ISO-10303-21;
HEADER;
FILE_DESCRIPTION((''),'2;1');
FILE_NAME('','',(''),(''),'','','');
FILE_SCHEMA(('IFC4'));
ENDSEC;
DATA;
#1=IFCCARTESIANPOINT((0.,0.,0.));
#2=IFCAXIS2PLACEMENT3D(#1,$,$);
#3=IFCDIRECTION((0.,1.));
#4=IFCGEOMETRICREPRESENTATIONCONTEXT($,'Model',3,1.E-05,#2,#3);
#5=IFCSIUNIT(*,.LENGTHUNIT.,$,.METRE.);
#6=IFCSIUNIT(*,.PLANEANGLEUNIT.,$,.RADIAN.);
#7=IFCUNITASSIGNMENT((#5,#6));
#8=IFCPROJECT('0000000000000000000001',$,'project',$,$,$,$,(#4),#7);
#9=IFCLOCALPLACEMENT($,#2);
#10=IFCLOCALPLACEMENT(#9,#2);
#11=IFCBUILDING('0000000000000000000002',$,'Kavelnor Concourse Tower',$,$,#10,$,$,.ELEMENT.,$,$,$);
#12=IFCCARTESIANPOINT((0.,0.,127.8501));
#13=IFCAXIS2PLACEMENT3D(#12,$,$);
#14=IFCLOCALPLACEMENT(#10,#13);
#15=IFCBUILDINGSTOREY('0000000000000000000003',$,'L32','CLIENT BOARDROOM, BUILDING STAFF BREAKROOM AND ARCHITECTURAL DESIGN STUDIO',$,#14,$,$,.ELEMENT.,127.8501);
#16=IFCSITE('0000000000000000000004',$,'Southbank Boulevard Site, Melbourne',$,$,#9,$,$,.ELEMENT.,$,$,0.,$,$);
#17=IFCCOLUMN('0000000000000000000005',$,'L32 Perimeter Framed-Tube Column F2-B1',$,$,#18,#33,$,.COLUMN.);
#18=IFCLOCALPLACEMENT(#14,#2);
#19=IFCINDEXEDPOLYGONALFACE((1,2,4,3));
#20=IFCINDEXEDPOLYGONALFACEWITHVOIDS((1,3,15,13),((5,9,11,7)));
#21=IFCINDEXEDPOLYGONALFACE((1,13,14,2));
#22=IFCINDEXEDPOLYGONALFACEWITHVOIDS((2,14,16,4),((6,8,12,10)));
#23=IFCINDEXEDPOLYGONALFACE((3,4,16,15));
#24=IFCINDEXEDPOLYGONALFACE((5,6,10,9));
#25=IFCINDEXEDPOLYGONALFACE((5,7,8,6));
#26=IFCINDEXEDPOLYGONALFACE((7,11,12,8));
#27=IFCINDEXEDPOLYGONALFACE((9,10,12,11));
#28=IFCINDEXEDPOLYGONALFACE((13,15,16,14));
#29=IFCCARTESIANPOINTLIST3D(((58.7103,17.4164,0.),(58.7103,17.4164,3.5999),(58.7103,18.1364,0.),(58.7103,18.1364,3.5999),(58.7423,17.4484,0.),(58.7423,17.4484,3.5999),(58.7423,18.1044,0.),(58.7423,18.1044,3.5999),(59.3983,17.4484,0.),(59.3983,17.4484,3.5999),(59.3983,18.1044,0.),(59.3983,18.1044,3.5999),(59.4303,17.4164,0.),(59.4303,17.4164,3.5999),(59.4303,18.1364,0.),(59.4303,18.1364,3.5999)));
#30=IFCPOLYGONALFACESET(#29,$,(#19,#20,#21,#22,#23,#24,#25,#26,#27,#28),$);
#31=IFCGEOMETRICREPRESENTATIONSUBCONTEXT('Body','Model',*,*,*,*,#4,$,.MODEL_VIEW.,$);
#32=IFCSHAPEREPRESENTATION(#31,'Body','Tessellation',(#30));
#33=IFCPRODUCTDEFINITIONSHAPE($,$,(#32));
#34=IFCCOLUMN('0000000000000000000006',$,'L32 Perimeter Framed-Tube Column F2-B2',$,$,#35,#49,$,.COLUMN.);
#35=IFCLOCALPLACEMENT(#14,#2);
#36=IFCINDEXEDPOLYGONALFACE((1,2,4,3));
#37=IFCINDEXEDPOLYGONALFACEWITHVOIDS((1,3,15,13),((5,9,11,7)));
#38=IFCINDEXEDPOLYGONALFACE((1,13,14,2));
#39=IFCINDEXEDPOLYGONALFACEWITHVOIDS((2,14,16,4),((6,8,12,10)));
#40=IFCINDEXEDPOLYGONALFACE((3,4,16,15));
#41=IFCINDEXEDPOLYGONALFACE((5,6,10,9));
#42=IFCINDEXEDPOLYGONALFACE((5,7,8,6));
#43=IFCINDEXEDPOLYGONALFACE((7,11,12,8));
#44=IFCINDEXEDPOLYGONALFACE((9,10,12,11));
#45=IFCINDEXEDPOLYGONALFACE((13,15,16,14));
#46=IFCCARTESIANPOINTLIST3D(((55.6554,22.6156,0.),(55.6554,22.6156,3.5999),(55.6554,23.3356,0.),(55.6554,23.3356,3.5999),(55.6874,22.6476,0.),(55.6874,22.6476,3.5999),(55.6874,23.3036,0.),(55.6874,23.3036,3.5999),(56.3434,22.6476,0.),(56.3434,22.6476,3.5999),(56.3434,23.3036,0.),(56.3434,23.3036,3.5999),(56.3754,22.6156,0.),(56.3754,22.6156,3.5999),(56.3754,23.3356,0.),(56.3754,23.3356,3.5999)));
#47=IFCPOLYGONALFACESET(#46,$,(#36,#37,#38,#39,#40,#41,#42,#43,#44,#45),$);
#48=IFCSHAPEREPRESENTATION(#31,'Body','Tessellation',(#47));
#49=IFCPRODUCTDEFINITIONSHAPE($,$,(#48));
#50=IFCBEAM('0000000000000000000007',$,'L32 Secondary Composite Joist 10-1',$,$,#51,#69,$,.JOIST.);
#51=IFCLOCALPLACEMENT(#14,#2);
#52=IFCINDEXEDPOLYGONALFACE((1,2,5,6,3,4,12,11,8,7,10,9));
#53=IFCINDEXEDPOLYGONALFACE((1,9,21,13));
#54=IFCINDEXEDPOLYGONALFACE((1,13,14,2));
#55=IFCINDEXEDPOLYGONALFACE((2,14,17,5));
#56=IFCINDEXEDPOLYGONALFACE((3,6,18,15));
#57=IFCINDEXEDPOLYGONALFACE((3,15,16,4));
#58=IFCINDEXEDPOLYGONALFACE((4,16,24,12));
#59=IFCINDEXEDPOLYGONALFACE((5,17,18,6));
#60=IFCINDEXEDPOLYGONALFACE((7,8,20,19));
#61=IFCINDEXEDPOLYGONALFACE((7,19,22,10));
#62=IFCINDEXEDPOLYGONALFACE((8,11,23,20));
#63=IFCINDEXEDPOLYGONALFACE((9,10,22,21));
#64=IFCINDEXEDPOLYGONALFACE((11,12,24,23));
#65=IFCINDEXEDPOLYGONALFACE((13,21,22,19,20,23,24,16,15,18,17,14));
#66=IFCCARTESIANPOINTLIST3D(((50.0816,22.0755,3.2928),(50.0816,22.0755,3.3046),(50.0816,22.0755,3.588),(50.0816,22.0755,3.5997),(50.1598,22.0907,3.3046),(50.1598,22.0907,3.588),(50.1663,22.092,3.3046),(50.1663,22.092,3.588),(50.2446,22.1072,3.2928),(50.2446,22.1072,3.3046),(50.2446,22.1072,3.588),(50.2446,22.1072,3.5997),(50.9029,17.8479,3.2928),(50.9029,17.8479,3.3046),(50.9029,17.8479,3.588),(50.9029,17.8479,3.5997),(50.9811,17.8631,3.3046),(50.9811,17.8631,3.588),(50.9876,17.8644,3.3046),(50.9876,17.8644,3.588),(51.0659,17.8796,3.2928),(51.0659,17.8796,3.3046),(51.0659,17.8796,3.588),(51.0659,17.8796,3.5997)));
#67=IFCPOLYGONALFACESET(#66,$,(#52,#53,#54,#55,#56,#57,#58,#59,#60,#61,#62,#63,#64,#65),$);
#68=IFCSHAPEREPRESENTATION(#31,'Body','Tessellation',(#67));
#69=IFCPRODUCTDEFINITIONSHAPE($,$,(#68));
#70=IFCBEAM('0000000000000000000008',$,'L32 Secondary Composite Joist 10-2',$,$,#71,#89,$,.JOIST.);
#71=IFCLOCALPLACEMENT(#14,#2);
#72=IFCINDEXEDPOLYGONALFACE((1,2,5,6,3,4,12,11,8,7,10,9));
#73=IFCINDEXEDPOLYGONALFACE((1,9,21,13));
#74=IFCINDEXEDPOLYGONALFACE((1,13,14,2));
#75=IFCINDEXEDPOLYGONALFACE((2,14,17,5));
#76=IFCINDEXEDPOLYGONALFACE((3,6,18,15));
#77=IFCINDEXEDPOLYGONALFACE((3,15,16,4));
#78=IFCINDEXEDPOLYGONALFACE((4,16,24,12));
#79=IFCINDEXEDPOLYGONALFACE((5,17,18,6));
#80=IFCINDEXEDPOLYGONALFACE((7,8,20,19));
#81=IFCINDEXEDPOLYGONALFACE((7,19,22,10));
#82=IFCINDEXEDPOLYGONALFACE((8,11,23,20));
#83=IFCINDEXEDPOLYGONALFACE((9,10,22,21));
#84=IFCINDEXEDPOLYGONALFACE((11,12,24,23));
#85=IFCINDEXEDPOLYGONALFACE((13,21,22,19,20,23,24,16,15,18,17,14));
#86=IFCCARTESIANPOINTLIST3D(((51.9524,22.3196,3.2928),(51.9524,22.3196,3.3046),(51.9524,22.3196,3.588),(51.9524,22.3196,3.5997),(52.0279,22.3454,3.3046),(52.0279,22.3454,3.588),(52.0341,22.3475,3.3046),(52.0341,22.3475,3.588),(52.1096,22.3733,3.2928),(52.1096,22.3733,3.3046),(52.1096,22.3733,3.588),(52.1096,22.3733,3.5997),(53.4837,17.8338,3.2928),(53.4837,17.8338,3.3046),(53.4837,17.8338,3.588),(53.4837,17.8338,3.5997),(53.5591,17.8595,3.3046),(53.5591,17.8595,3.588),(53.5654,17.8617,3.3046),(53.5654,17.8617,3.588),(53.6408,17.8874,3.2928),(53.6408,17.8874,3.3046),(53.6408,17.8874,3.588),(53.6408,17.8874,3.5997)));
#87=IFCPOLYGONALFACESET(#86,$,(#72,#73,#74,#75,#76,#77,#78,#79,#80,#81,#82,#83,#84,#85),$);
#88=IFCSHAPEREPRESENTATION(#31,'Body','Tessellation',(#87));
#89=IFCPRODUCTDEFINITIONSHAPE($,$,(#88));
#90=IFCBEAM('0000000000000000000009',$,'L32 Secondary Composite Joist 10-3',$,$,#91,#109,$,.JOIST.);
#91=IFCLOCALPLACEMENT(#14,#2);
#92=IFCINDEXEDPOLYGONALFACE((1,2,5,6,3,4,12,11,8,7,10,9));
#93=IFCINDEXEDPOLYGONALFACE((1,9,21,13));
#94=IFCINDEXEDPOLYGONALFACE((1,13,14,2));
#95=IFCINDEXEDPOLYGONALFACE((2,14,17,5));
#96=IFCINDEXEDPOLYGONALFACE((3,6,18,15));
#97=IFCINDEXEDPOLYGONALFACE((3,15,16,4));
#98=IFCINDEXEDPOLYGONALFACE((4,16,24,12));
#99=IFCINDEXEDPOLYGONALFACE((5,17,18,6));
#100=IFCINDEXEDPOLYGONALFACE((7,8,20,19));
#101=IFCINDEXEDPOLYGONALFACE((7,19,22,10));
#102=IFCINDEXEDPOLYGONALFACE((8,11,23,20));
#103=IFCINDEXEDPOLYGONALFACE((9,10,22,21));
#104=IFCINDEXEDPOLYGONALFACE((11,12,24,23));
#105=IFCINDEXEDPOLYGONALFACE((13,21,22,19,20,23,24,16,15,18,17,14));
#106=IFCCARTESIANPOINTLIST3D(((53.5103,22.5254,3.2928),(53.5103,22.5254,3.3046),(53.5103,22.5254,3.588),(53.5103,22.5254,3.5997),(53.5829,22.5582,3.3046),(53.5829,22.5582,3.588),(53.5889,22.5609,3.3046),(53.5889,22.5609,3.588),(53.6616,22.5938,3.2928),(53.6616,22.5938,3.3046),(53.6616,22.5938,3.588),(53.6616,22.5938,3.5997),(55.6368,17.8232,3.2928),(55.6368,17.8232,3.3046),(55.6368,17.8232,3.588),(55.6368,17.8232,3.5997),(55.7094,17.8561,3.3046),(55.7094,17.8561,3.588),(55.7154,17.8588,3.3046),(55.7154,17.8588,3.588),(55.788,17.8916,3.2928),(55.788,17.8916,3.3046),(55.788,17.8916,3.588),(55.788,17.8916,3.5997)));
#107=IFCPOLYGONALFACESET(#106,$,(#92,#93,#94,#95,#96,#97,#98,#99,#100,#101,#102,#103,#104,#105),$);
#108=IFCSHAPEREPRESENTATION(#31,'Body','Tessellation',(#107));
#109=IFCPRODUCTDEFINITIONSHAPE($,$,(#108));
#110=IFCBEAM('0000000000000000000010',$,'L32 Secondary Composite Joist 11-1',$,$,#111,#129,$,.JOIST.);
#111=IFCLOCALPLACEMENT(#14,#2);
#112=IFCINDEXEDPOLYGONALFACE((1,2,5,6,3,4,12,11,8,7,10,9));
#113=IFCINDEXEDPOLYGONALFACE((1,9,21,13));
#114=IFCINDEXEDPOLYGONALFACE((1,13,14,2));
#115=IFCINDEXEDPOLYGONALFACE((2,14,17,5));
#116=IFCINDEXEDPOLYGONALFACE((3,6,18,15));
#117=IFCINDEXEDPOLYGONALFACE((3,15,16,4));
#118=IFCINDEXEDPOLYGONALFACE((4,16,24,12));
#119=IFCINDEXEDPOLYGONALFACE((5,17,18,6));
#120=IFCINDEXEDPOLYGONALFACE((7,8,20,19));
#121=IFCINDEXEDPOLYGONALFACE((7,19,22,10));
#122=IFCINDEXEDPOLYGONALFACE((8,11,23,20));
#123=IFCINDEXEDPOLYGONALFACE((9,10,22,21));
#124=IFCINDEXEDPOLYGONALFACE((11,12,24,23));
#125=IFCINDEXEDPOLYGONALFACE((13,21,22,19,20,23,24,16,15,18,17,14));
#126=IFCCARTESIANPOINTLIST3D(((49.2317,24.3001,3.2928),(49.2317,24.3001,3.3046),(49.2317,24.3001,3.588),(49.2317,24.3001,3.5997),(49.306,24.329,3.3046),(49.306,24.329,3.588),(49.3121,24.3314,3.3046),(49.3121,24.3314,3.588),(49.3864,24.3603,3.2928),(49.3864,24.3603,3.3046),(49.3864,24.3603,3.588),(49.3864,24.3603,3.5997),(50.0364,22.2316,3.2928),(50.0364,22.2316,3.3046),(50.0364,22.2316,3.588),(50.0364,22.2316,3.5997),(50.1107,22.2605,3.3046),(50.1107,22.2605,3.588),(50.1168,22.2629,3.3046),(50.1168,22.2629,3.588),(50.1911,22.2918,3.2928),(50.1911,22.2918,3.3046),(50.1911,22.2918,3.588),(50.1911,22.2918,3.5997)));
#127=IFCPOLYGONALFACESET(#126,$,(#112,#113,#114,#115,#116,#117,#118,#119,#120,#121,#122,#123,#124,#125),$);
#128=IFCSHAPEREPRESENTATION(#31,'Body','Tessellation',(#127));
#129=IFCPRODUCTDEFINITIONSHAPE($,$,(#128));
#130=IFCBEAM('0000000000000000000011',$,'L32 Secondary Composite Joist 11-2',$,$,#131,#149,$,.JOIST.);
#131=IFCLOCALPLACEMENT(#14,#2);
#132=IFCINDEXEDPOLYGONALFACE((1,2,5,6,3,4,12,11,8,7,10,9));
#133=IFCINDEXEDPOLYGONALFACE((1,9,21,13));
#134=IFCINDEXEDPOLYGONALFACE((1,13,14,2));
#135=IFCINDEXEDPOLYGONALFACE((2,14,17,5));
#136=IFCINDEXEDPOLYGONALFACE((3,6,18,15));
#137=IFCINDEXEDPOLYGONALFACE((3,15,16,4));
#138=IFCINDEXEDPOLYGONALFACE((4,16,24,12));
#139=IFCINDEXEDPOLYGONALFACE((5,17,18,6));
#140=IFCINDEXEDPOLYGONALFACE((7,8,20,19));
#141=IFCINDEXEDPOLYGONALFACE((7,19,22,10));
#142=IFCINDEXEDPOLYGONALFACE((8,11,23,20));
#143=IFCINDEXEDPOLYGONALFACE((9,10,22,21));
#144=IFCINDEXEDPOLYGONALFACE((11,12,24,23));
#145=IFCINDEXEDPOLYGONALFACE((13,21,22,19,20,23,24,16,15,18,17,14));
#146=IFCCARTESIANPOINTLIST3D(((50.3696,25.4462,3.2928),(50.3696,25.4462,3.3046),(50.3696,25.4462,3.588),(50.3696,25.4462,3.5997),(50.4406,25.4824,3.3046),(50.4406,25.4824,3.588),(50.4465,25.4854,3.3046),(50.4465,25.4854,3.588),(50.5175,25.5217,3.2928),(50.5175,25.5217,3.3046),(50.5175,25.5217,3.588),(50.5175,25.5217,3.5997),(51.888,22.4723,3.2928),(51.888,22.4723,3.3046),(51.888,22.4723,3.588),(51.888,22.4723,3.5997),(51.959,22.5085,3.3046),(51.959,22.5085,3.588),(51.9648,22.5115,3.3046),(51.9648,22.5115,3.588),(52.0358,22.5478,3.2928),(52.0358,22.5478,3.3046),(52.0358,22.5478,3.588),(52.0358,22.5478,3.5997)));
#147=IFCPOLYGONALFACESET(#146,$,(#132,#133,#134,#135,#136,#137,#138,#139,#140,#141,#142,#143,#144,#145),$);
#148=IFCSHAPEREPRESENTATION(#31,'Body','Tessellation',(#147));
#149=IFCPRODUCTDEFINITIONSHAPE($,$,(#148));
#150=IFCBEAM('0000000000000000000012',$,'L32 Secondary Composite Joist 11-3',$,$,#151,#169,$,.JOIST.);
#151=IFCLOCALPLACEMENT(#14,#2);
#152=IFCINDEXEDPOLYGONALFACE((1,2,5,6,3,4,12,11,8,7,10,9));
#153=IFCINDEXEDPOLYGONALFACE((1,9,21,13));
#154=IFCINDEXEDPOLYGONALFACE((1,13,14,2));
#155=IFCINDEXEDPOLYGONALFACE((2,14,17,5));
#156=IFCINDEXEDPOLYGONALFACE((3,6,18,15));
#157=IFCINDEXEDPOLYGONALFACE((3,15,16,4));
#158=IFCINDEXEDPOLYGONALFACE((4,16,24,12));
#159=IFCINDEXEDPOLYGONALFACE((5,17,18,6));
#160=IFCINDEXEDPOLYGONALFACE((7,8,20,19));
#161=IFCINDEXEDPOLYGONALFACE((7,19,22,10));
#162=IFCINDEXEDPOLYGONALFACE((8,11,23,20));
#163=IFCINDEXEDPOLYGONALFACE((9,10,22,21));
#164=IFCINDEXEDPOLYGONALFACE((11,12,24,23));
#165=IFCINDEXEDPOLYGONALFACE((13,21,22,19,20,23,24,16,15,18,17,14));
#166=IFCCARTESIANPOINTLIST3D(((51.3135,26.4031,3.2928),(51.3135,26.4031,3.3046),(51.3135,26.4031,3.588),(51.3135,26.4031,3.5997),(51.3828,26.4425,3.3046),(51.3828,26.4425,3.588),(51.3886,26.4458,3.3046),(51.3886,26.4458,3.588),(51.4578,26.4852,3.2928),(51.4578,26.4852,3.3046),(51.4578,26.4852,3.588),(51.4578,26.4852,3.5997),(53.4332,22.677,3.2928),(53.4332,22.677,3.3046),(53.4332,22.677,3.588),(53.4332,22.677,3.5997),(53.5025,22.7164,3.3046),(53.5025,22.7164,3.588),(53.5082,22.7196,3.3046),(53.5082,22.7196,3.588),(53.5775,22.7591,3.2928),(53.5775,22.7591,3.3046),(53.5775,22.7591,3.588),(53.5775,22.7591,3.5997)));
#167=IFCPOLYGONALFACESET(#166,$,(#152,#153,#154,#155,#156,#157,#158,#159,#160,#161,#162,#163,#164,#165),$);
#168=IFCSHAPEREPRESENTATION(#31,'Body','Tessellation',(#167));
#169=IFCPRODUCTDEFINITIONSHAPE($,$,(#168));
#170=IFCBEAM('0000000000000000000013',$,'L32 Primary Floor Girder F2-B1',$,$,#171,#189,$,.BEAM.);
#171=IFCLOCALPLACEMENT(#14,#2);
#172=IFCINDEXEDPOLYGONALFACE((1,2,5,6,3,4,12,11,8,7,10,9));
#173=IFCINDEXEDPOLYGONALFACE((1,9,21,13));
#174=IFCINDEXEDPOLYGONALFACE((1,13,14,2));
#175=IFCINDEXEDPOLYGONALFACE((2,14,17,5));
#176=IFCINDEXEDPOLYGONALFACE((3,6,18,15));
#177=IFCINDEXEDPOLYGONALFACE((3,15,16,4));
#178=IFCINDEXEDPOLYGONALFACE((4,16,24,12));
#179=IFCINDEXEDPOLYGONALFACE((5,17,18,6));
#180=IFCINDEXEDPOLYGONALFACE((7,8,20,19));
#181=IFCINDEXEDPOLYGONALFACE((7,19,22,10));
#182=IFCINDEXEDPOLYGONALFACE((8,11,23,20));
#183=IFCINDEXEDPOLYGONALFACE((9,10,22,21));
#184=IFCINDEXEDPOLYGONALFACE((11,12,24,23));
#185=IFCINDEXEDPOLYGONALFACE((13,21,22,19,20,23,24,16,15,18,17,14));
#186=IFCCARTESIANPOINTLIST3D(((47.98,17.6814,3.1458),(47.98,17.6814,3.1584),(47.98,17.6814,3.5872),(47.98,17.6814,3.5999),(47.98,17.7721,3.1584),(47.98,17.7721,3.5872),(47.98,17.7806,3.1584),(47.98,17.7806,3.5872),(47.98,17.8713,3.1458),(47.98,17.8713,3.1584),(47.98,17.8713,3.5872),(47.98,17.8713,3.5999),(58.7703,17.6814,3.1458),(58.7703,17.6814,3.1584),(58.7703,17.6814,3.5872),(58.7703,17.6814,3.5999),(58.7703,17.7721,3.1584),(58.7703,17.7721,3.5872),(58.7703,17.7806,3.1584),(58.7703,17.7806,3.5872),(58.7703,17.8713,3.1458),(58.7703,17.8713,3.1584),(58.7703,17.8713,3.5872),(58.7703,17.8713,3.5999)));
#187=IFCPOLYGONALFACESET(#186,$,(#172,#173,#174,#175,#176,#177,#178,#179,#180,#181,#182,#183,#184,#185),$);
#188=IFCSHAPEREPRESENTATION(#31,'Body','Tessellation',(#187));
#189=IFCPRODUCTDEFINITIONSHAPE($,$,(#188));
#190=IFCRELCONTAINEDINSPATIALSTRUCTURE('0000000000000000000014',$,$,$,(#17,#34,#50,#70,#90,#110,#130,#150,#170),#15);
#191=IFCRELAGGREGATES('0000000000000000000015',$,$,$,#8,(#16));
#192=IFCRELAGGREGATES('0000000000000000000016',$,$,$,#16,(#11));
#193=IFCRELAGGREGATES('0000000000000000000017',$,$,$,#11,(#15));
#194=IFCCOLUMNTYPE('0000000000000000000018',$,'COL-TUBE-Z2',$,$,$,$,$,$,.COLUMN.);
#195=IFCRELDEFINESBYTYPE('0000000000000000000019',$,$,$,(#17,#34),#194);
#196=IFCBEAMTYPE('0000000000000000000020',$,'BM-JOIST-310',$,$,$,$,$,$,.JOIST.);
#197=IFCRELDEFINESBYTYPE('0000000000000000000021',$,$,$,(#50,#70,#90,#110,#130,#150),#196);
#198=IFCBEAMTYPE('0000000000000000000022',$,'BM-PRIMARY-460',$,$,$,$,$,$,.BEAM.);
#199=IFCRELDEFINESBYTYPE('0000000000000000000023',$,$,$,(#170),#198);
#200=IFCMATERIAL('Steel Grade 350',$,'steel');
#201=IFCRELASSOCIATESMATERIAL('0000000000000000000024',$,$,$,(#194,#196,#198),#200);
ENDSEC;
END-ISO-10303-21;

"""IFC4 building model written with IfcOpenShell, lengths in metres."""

from ifc_helpers import new_model, si_unit, direction, frame, origin, origin_2d, place, context, subcontext, project, spatial, hollow_rectangle, i_section, extrude, material, material_profile, profile_set, type_object, element, save


model = new_model("IFC4")

# Units and contexts
model_context = context("Model", 3, precision=1e-05, world=origin(), true_north=direction((0.0, 1.0)))
body_context = subcontext(model_context, "Body", "Model", "MODEL_VIEW")
ifc_project = project(units=[si_unit("LENGTHUNIT", "METRE"), si_unit("PLANEANGLEUNIT", "RADIAN")], contexts=[model_context])

# Site, building, storey
site_placement = place(None, origin())
site = spatial("IfcSite", under=ifc_project, at=site_placement, Name="Southbank Boulevard Site, Melbourne", CompositionType="ELEMENT", RefElevation=0.0)
building_placement = place(site_placement, origin())
building = spatial("IfcBuilding", under=site, at=building_placement, Name="Kavelnor Concourse Tower", CompositionType="ELEMENT")
storey_placement = place(building_placement, frame((0.0, 0.0, 127.8501)))
storey = spatial("IfcBuildingStorey", under=building, at=storey_placement, Name="L32", Description="CLIENT BOARDROOM, BUILDING STAFF BREAKROOM AND ARCHITECTURAL DESIGN STUDIO", CompositionType="ELEMENT", Elevation=127.8501)

# Columns
ifc_material_1 = material(Name="Steel Grade 350", Category="steel")
ifc_material_profile_1 = material_profile(ifc_material_1, hollow_rectangle(XDim=0.72, YDim=0.72, WallThickness=0.032, at=origin_2d()), Name="SHS 720x720x32")
ifc_profile_set_1 = profile_set([ifc_material_profile_1], Name="Steel Grade 350")
column_type = type_object("IfcColumnType", Name="COL-TUBE-Z2", PredefinedType="COLUMN", material=ifc_profile_set_1)
for number, where, z_axis, x_axis, name in (
    (1, (59.0703, 17.7764, 0.0), (0.0, 0.0, 1.0), (1.0, 0.0, 0.0), "L32 Perimeter Framed-Tube Column F2-B1"),
    (2, (56.0154, 22.9756, 0.0), (0.0, 0.0, 1.0), (1.0, 0.0, 0.0), "L32 Perimeter Framed-Tube Column F2-B2"),
):
    element("IfcColumn", number, at=place(storey_placement, frame(where, z_axis=z_axis, x_axis=x_axis)), inside=storey, type_object=column_type, Name=name, PredefinedType="COLUMN", context=body_context, shape_type="SweptSolid", body=[
        extrude(hollow_rectangle(XDim=0.72, YDim=0.72, WallThickness=0.032, at=origin_2d()), origin(), (0.0, 0.0, 1.0), 3.5999),
    ])

# Beams
ifc_material_profile_2 = material_profile(ifc_material_1, i_section(OverallWidth=0.166, OverallDepth=0.3069, WebThickness=0.0066, FlangeThickness=0.0117, at=origin_2d()), Name="310UB46")
ifc_profile_set_2 = profile_set([ifc_material_profile_2], Name="Steel Grade 350")
beam_type_1 = type_object("IfcBeamType", Name="BM-JOIST-310", PredefinedType="JOIST", material=ifc_profile_set_2)
beam_1_placement = place(storey_placement, frame((50.9844, 17.8638, 3.4463), z_axis=(-0.190706, 0.981647, 0.0), x_axis=(-0.981647, -0.190706, 0.0)))
element("IfcBeam", 3, at=beam_1_placement, inside=storey, type_object=beam_type_1, Name="L32 Secondary Composite Joist 10-1", PredefinedType="JOIST", context=body_context, shape_type="SweptSolid", body=[
    extrude(i_section(OverallWidth=0.166, OverallDepth=0.3069, WebThickness=0.0066, FlangeThickness=0.0117, at=origin_2d()), origin(), (0.0, 0.0, 1.0), 4.3066),
])
beam_2_placement = place(storey_placement, frame((53.5623, 17.8606, 3.4463), z_axis=(-0.323049, 0.946382, 0.0), x_axis=(-0.946382, -0.323049, 0.0)))
element("IfcBeam", 4, at=beam_2_placement, inside=storey, type_object=beam_type_1, Name="L32 Secondary Composite Joist 10-2", PredefinedType="JOIST", context=body_context, shape_type="SweptSolid", body=[
    extrude(i_section(OverallWidth=0.166, OverallDepth=0.3069, WebThickness=0.0066, FlangeThickness=0.0117, at=origin_2d()), origin(), (0.0, 0.0, 1.0), 4.74),
])
beam_3_placement = place(storey_placement, frame((55.7124, 17.8574, 3.4463), z_axis=(-0.412056, 0.911159, 0.0), x_axis=(-0.911159, -0.412056, 0.0)))
element("IfcBeam", 5, at=beam_3_placement, inside=storey, type_object=beam_type_1, Name="L32 Secondary Composite Joist 10-3", PredefinedType="JOIST", context=body_context, shape_type="SweptSolid", body=[
    extrude(i_section(OverallWidth=0.166, OverallDepth=0.3069, WebThickness=0.0066, FlangeThickness=0.0117, at=origin_2d()), origin(), (0.0, 0.0, 1.0), 5.1606),
])
beam_4_placement = place(storey_placement, frame((50.1138, 22.2617, 3.4463), z_axis=(-0.362574, 0.931955, 0.0), x_axis=(-0.931955, -0.362574, 0.0)))
element("IfcBeam", 6, at=beam_4_placement, inside=storey, type_object=beam_type_1, Name="L32 Secondary Composite Joist 11-1", PredefinedType="JOIST", context=body_context, shape_type="SweptSolid", body=[
    extrude(i_section(OverallWidth=0.166, OverallDepth=0.3069, WebThickness=0.0066, FlangeThickness=0.0117, at=origin_2d()), origin(), (0.0, 0.0, 1.0), 2.2195),
])
beam_5_placement = place(storey_placement, frame((51.9619, 22.51, 3.4463), z_axis=(-0.454714, 0.890637, 0.0), x_axis=(-0.890637, -0.454714, 0.0)))
element("IfcBeam", 7, at=beam_5_placement, inside=storey, type_object=beam_type_1, Name="L32 Secondary Composite Joist 11-2", PredefinedType="JOIST", context=body_context, shape_type="SweptSolid", body=[
    extrude(i_section(OverallWidth=0.166, OverallDepth=0.3069, WebThickness=0.0066, FlangeThickness=0.0117, at=origin_2d()), origin(), (0.0, 0.0, 1.0), 3.3391),
])
beam_6_placement = place(storey_placement, frame((53.5054, 22.718, 3.4463), z_axis=(-0.494457, 0.869202, 0.0), x_axis=(-0.869202, -0.494457, 0.0)))
element("IfcBeam", 8, at=beam_6_placement, inside=storey, type_object=beam_type_1, Name="L32 Secondary Composite Joist 11-3", PredefinedType="JOIST", context=body_context, shape_type="SweptSolid", body=[
    extrude(i_section(OverallWidth=0.166, OverallDepth=0.3069, WebThickness=0.0066, FlangeThickness=0.0117, at=origin_2d()), origin(), (0.0, 0.0, 1.0), 4.2869),
])
ifc_material_profile_3 = material_profile(ifc_material_1, i_section(OverallWidth=0.1899, OverallDepth=0.4541, WebThickness=0.0085, FlangeThickness=0.0127, at=origin_2d()), Name="460UB67")
ifc_profile_set_3 = profile_set([ifc_material_profile_3], Name="Steel Grade 350")
beam_type_2 = type_object("IfcBeamType", Name="BM-PRIMARY-460", PredefinedType="BEAM", material=ifc_profile_set_3)
beam_7_placement = place(storey_placement, frame((47.98, 17.7764, 3.3728), z_axis=(1.0, 0.0, 0.0), x_axis=(0.0, 1.0, 0.0)))
element("IfcBeam", 9, at=beam_7_placement, inside=storey, type_object=beam_type_2, Name="L32 Primary Floor Girder F2-B1", PredefinedType="BEAM", context=body_context, shape_type="SweptSolid", body=[
    extrude(i_section(OverallWidth=0.1899, OverallDepth=0.4541, WebThickness=0.0085, FlangeThickness=0.0127, at=origin_2d()), origin(), (0.0, 0.0, 1.0), 10.7903),
])

save(model, "model.ifc")
